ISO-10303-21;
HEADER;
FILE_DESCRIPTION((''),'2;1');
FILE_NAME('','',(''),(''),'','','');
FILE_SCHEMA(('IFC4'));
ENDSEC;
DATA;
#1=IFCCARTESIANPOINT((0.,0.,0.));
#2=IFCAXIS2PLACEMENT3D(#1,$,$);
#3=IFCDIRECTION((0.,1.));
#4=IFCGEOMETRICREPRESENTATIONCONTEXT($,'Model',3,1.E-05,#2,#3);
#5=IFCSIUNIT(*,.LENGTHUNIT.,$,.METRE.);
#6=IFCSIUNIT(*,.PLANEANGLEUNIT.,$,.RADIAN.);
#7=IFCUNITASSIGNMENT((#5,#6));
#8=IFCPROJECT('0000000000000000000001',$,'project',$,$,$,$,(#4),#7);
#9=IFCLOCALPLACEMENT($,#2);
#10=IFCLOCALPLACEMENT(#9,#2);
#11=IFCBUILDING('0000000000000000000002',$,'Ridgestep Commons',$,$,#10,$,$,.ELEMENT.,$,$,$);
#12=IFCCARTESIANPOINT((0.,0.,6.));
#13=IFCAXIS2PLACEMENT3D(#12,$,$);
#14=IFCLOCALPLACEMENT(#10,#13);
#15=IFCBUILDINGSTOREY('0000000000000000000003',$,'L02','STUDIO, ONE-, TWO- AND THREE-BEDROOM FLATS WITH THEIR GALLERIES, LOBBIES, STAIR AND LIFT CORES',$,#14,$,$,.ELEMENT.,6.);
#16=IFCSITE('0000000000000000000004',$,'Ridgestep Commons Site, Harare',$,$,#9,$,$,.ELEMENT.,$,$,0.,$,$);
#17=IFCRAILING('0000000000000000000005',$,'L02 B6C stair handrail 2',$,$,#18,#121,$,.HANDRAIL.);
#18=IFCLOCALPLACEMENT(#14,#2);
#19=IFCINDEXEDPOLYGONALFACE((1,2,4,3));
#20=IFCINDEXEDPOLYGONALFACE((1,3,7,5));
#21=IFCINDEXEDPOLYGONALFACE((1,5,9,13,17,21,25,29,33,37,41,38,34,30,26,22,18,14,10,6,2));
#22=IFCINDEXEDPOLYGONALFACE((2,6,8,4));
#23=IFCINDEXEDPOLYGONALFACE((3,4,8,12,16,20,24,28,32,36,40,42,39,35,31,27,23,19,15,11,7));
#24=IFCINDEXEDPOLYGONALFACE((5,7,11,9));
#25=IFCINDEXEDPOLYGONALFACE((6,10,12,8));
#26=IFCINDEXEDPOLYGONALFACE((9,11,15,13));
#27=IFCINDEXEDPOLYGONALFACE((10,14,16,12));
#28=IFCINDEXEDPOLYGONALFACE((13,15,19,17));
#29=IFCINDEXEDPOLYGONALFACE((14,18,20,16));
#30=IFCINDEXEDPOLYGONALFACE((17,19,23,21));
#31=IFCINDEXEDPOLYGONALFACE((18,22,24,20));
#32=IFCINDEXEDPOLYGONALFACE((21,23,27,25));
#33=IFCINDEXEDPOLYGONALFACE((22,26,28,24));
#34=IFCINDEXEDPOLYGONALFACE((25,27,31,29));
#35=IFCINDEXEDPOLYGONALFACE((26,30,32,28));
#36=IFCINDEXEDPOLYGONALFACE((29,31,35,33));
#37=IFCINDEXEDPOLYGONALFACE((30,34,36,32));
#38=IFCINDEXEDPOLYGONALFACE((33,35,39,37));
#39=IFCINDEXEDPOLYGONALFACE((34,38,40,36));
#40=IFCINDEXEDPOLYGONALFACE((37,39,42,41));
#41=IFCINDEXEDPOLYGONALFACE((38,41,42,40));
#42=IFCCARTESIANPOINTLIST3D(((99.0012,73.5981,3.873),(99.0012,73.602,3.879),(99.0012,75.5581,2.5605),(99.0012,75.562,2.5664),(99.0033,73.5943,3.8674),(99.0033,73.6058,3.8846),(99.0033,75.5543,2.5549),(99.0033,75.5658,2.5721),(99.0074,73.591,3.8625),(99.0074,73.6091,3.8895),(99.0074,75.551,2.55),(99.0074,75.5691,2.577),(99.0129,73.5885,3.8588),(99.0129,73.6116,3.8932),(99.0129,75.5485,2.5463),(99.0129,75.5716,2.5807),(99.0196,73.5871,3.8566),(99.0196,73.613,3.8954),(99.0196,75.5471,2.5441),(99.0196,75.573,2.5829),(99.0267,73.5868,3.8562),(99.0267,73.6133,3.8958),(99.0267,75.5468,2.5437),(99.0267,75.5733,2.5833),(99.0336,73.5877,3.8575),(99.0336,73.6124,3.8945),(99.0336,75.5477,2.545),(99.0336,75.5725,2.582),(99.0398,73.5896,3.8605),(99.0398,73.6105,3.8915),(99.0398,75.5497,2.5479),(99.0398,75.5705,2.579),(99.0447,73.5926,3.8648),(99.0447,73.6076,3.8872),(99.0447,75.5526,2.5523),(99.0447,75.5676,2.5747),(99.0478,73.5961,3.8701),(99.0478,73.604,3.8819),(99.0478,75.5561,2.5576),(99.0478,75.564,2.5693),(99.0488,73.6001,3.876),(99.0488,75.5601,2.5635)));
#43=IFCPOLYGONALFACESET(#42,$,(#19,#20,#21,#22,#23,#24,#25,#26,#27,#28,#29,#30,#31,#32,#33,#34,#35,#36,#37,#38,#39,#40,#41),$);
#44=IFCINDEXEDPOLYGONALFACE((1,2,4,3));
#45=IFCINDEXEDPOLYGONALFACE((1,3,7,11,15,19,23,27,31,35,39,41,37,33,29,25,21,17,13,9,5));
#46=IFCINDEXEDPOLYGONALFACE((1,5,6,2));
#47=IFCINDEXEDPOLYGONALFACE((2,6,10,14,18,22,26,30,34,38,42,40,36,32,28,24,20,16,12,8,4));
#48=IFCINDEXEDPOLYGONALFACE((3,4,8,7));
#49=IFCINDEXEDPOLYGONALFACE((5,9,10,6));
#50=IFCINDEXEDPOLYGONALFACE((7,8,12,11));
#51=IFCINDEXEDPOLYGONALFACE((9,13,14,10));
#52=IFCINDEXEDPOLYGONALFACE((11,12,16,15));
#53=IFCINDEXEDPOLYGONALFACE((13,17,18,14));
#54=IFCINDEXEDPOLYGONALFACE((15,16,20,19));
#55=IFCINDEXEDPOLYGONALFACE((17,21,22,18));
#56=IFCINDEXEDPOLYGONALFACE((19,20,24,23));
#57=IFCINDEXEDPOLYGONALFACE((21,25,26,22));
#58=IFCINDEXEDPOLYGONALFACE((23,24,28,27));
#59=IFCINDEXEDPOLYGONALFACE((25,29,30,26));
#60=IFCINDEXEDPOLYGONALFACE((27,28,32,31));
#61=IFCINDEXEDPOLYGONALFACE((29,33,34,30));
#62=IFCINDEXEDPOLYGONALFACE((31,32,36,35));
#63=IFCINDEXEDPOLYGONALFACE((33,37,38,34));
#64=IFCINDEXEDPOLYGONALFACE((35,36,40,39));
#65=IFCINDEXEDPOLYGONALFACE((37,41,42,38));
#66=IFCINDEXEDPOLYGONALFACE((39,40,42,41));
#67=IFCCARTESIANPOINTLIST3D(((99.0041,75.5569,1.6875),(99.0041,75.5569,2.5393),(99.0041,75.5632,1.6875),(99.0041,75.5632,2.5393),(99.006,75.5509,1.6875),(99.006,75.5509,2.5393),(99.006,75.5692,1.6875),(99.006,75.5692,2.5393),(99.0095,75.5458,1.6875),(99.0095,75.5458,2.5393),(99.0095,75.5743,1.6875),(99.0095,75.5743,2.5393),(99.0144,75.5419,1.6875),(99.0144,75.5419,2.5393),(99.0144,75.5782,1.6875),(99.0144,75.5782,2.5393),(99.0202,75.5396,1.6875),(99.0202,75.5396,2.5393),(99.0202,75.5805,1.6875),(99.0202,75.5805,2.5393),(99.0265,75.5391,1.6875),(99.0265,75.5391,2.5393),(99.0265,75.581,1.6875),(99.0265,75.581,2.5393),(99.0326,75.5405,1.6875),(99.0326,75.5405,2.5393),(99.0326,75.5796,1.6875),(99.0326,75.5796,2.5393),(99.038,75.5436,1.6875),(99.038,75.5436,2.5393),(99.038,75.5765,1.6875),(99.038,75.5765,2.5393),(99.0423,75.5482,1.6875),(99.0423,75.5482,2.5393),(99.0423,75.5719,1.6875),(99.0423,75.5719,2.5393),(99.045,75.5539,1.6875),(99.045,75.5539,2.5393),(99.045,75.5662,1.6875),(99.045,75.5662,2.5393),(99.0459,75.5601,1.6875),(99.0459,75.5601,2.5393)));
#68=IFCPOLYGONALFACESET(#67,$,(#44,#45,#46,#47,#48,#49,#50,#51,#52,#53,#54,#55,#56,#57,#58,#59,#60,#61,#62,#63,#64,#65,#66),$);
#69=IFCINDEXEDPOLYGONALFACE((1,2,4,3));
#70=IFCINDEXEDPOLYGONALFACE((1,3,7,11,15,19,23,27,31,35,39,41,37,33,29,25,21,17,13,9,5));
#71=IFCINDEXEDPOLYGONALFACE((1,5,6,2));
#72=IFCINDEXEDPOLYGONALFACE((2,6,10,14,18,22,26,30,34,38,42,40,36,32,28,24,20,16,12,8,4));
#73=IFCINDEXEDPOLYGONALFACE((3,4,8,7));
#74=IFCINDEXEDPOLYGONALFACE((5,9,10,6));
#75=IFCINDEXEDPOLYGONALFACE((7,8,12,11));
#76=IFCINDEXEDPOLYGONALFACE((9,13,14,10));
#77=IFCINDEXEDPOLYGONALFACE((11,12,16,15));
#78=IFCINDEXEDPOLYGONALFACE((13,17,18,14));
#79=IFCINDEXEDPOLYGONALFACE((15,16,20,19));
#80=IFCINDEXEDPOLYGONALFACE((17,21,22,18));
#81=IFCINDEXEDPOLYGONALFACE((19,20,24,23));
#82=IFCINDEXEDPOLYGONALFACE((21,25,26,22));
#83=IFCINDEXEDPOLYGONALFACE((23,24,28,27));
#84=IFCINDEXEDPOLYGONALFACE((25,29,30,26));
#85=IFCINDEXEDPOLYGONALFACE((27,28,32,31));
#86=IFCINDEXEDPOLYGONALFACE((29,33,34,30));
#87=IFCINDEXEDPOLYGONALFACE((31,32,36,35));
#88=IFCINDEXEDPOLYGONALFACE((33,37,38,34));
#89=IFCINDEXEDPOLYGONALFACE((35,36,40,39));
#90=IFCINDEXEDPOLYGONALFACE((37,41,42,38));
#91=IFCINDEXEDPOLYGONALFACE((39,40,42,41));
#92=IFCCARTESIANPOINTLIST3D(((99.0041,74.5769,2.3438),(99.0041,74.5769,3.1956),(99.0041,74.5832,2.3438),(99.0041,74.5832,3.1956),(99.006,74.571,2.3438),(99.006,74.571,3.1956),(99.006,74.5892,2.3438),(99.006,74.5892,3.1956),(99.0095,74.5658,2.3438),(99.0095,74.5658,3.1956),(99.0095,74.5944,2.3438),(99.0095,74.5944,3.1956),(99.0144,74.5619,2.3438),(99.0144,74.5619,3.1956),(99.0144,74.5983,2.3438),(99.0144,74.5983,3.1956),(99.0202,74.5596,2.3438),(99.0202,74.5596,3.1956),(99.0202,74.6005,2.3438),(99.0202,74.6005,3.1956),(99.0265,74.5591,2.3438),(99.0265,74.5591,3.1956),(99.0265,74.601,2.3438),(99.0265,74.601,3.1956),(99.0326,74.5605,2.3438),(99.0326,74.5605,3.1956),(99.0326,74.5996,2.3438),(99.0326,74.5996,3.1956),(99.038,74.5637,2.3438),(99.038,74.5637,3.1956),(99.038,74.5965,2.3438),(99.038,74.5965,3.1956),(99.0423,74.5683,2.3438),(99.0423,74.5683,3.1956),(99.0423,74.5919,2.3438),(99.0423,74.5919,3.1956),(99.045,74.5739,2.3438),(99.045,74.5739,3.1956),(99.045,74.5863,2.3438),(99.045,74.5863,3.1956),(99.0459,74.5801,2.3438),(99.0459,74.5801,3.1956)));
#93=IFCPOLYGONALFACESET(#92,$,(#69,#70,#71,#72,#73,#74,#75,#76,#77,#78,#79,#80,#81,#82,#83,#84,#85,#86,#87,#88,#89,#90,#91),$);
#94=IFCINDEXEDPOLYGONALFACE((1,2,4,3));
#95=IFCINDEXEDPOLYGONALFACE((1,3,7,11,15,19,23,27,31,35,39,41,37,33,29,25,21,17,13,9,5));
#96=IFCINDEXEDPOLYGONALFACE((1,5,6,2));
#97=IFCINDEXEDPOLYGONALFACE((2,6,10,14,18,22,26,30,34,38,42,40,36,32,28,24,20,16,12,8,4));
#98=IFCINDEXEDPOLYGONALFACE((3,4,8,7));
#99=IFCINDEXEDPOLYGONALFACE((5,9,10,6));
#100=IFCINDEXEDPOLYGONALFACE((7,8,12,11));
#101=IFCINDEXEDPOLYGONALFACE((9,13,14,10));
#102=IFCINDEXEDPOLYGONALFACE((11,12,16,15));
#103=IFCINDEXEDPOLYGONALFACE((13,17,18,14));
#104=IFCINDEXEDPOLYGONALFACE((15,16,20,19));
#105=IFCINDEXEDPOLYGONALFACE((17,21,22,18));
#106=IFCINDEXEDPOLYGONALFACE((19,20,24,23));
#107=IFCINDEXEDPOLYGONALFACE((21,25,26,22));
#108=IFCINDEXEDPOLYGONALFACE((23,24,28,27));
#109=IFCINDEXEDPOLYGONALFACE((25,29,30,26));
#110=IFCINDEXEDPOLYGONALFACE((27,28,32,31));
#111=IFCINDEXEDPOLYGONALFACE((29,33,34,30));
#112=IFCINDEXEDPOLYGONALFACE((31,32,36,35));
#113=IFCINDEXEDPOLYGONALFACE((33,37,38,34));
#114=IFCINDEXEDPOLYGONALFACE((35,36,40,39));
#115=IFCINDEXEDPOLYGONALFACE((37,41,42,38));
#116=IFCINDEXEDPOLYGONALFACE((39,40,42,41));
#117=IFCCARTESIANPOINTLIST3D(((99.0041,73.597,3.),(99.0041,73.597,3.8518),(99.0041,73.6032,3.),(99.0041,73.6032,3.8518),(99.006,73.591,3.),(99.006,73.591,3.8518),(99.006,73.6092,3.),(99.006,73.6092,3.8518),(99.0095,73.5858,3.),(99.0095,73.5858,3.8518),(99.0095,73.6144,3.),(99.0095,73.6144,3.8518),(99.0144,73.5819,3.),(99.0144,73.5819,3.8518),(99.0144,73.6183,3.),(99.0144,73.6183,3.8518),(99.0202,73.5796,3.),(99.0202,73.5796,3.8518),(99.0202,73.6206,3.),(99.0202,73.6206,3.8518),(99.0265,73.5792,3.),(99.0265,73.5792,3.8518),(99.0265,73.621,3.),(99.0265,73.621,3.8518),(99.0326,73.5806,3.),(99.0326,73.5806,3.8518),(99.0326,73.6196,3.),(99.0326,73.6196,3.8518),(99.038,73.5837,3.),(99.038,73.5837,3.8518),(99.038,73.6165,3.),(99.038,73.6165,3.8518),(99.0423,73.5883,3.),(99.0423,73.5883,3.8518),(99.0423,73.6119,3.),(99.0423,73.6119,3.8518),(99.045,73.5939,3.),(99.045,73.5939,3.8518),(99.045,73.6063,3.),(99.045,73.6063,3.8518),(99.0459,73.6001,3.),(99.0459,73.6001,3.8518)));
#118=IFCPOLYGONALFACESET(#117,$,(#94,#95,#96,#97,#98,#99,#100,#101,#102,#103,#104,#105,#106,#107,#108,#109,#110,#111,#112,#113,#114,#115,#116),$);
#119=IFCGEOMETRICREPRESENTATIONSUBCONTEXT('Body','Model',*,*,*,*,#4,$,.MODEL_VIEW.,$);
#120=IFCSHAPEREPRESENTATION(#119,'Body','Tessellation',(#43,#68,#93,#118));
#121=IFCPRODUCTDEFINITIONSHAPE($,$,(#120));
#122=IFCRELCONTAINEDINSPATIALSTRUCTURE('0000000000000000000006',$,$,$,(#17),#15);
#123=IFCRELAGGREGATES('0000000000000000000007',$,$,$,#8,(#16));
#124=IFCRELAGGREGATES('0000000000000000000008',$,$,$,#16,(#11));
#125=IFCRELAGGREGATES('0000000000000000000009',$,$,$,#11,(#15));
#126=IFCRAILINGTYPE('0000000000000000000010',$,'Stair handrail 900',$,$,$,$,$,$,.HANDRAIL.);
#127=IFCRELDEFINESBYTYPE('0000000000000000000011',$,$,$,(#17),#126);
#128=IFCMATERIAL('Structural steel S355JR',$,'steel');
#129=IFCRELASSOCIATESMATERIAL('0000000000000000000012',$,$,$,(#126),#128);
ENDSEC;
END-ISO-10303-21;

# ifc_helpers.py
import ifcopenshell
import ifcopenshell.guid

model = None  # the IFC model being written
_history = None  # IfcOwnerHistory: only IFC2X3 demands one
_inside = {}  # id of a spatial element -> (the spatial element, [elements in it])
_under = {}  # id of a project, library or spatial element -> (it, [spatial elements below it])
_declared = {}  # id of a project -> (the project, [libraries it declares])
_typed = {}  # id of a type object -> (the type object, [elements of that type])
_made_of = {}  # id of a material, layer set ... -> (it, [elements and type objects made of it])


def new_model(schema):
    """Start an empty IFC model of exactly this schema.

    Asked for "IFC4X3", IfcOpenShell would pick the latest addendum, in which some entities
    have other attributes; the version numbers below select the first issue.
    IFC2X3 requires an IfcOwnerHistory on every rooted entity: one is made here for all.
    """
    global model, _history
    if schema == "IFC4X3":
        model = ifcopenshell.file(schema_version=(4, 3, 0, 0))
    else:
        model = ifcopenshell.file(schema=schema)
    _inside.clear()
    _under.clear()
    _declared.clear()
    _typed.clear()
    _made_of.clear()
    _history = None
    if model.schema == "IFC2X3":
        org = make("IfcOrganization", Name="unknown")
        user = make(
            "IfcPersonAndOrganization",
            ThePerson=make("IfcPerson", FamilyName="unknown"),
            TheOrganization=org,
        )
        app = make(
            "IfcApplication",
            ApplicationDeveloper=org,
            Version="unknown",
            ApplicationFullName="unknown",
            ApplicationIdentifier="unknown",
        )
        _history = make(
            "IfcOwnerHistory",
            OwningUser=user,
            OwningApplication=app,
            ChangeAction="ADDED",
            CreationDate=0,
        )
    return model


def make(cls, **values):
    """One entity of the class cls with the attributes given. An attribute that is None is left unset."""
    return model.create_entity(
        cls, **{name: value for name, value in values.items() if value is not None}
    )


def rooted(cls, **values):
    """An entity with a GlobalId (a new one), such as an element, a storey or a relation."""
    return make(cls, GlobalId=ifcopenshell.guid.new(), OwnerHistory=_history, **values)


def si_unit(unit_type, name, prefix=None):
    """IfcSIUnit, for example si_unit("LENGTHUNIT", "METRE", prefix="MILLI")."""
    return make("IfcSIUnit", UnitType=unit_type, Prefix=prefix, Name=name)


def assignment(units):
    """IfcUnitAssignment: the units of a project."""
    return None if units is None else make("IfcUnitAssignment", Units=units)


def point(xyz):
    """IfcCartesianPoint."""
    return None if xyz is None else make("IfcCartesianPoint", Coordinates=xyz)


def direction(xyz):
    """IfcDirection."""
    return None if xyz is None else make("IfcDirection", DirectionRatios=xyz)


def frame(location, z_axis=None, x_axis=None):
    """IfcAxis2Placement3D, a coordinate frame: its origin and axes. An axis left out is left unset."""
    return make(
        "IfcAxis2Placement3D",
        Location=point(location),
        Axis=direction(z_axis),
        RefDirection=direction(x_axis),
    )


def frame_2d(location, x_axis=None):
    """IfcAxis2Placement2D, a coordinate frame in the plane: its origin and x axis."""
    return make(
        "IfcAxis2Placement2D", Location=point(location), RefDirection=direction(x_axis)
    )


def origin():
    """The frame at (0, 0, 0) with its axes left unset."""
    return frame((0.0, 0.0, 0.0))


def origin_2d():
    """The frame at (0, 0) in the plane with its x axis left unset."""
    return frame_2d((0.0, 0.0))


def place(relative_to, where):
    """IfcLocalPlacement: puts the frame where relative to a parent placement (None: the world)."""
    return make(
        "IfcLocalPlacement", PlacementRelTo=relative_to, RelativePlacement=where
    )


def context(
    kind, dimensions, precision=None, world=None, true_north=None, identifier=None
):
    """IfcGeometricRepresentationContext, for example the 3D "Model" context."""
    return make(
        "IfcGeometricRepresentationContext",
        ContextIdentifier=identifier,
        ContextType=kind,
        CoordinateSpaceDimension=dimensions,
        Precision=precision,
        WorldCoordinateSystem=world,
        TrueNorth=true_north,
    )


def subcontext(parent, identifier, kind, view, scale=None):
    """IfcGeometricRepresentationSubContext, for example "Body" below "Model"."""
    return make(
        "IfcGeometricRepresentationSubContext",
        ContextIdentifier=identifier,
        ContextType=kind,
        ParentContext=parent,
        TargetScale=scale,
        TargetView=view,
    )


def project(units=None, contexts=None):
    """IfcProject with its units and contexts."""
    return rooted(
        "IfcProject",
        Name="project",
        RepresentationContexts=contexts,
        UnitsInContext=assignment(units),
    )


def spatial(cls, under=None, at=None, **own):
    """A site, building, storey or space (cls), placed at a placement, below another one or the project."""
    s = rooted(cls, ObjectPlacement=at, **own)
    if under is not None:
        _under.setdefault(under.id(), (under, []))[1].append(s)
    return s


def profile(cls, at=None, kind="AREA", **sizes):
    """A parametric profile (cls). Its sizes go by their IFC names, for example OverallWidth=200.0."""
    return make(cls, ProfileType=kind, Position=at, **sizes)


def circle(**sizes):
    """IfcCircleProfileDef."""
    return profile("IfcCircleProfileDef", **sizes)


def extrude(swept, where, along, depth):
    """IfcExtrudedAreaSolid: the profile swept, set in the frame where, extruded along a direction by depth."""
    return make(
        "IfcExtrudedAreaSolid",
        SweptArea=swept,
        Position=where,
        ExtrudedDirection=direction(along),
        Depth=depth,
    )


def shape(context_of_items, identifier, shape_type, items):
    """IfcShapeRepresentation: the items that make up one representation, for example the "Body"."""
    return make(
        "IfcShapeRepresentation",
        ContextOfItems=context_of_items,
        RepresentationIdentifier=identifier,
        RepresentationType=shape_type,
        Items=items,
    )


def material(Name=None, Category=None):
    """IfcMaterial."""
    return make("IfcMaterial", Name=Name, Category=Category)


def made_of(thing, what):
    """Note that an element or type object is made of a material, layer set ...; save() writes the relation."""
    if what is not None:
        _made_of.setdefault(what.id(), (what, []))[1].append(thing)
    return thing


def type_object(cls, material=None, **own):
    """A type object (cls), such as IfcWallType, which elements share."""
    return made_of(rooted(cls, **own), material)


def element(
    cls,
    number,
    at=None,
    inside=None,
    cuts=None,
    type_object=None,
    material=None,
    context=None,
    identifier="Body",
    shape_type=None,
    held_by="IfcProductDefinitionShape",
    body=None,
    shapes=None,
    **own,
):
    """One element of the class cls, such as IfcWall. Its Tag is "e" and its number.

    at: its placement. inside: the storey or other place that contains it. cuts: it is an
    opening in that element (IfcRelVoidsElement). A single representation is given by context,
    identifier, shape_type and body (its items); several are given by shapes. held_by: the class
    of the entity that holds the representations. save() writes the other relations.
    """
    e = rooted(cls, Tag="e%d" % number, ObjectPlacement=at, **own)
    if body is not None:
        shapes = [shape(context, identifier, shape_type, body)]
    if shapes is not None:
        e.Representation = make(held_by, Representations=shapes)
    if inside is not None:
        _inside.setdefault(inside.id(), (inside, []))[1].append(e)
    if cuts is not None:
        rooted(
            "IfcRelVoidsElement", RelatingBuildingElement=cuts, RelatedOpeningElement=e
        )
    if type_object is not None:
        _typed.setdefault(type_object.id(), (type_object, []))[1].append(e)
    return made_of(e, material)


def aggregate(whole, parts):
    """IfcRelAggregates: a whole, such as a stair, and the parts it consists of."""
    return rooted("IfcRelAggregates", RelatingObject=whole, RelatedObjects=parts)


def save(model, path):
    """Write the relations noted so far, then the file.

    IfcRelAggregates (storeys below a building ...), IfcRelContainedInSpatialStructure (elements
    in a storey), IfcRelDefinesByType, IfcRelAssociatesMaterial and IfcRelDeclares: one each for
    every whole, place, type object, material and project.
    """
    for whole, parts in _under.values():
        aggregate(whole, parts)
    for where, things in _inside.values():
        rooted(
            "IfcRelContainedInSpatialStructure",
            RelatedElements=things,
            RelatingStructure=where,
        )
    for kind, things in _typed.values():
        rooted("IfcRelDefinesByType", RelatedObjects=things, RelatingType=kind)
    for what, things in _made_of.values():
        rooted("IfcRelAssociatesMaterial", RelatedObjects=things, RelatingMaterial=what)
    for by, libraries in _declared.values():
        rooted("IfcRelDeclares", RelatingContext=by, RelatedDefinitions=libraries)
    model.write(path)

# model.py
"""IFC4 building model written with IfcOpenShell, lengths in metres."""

from ifc_helpers import new_model, si_unit, direction, frame, origin, origin_2d, place, context, subcontext, project, spatial, circle, extrude, material, type_object, element, save


model = new_model("IFC4")

# Units and contexts
model_context = context("Model", 3, precision=1e-05, world=origin(), true_north=direction((0.0, 1.0)))
body_context = subcontext(model_context, "Body", "Model", "MODEL_VIEW")
ifc_project = project(units=[si_unit("LENGTHUNIT", "METRE"), si_unit("PLANEANGLEUNIT", "RADIAN")], contexts=[model_context])

# Site, building, storey
site_placement = place(None, origin())
site = spatial("IfcSite", under=ifc_project, at=site_placement, Name="Ridgestep Commons Site, Harare", CompositionType="ELEMENT", RefElevation=0.0)
building_placement = place(site_placement, origin())
building = spatial("IfcBuilding", under=site, at=building_placement, Name="Ridgestep Commons", CompositionType="ELEMENT")
storey_placement = place(building_placement, frame((0.0, 0.0, 6.0)))
storey = spatial("IfcBuildingStorey", under=building, at=storey_placement, Name="L02", Description="STUDIO, ONE-, TWO- AND THREE-BEDROOM FLATS WITH THEIR GALLERIES, LOBBIES, STAIR AND LIFT CORES", CompositionType="ELEMENT", Elevation=6.0)

# Railing
ifc_material_1 = material(Name="Structural steel S355JR", Category="steel")
railing_type_1 = type_object("IfcRailingType", Name="Stair handrail 900", PredefinedType="HANDRAIL", material=ifc_material_1)
railing_1_placement = place(storey_placement, frame((99.0249, 75.5601, 1.6875)))
element("IfcRailing", 1, at=railing_1_placement, inside=storey, type_object=railing_type_1, Name="L02 B6C stair handrail 2", PredefinedType="HANDRAIL", context=body_context, shape_type="SweptSolid", body=[
    extrude(circle(Radius=0.0239, at=origin_2d()), frame((0.0, 0.0, 0.876), z_axis=(0.0, -0.830902, 0.556419), x_axis=(1.0, 0.0, 0.0)), (0.0, 0.0, 1.0), 2.3589),
    extrude(circle(Radius=0.021, at=origin_2d()), origin(), (0.0, 0.0, 1.0), 0.8518),
    extrude(circle(Radius=0.021, at=origin_2d()), frame((0.0, -0.98, 0.6562)), (0.0, 0.0, 1.0), 0.8518),
    extrude(circle(Radius=0.021, at=origin_2d()), frame((0.0, -1.96, 1.3125)), (0.0, 0.0, 1.0), 0.8518),
])

save(model, "model.ifc")
